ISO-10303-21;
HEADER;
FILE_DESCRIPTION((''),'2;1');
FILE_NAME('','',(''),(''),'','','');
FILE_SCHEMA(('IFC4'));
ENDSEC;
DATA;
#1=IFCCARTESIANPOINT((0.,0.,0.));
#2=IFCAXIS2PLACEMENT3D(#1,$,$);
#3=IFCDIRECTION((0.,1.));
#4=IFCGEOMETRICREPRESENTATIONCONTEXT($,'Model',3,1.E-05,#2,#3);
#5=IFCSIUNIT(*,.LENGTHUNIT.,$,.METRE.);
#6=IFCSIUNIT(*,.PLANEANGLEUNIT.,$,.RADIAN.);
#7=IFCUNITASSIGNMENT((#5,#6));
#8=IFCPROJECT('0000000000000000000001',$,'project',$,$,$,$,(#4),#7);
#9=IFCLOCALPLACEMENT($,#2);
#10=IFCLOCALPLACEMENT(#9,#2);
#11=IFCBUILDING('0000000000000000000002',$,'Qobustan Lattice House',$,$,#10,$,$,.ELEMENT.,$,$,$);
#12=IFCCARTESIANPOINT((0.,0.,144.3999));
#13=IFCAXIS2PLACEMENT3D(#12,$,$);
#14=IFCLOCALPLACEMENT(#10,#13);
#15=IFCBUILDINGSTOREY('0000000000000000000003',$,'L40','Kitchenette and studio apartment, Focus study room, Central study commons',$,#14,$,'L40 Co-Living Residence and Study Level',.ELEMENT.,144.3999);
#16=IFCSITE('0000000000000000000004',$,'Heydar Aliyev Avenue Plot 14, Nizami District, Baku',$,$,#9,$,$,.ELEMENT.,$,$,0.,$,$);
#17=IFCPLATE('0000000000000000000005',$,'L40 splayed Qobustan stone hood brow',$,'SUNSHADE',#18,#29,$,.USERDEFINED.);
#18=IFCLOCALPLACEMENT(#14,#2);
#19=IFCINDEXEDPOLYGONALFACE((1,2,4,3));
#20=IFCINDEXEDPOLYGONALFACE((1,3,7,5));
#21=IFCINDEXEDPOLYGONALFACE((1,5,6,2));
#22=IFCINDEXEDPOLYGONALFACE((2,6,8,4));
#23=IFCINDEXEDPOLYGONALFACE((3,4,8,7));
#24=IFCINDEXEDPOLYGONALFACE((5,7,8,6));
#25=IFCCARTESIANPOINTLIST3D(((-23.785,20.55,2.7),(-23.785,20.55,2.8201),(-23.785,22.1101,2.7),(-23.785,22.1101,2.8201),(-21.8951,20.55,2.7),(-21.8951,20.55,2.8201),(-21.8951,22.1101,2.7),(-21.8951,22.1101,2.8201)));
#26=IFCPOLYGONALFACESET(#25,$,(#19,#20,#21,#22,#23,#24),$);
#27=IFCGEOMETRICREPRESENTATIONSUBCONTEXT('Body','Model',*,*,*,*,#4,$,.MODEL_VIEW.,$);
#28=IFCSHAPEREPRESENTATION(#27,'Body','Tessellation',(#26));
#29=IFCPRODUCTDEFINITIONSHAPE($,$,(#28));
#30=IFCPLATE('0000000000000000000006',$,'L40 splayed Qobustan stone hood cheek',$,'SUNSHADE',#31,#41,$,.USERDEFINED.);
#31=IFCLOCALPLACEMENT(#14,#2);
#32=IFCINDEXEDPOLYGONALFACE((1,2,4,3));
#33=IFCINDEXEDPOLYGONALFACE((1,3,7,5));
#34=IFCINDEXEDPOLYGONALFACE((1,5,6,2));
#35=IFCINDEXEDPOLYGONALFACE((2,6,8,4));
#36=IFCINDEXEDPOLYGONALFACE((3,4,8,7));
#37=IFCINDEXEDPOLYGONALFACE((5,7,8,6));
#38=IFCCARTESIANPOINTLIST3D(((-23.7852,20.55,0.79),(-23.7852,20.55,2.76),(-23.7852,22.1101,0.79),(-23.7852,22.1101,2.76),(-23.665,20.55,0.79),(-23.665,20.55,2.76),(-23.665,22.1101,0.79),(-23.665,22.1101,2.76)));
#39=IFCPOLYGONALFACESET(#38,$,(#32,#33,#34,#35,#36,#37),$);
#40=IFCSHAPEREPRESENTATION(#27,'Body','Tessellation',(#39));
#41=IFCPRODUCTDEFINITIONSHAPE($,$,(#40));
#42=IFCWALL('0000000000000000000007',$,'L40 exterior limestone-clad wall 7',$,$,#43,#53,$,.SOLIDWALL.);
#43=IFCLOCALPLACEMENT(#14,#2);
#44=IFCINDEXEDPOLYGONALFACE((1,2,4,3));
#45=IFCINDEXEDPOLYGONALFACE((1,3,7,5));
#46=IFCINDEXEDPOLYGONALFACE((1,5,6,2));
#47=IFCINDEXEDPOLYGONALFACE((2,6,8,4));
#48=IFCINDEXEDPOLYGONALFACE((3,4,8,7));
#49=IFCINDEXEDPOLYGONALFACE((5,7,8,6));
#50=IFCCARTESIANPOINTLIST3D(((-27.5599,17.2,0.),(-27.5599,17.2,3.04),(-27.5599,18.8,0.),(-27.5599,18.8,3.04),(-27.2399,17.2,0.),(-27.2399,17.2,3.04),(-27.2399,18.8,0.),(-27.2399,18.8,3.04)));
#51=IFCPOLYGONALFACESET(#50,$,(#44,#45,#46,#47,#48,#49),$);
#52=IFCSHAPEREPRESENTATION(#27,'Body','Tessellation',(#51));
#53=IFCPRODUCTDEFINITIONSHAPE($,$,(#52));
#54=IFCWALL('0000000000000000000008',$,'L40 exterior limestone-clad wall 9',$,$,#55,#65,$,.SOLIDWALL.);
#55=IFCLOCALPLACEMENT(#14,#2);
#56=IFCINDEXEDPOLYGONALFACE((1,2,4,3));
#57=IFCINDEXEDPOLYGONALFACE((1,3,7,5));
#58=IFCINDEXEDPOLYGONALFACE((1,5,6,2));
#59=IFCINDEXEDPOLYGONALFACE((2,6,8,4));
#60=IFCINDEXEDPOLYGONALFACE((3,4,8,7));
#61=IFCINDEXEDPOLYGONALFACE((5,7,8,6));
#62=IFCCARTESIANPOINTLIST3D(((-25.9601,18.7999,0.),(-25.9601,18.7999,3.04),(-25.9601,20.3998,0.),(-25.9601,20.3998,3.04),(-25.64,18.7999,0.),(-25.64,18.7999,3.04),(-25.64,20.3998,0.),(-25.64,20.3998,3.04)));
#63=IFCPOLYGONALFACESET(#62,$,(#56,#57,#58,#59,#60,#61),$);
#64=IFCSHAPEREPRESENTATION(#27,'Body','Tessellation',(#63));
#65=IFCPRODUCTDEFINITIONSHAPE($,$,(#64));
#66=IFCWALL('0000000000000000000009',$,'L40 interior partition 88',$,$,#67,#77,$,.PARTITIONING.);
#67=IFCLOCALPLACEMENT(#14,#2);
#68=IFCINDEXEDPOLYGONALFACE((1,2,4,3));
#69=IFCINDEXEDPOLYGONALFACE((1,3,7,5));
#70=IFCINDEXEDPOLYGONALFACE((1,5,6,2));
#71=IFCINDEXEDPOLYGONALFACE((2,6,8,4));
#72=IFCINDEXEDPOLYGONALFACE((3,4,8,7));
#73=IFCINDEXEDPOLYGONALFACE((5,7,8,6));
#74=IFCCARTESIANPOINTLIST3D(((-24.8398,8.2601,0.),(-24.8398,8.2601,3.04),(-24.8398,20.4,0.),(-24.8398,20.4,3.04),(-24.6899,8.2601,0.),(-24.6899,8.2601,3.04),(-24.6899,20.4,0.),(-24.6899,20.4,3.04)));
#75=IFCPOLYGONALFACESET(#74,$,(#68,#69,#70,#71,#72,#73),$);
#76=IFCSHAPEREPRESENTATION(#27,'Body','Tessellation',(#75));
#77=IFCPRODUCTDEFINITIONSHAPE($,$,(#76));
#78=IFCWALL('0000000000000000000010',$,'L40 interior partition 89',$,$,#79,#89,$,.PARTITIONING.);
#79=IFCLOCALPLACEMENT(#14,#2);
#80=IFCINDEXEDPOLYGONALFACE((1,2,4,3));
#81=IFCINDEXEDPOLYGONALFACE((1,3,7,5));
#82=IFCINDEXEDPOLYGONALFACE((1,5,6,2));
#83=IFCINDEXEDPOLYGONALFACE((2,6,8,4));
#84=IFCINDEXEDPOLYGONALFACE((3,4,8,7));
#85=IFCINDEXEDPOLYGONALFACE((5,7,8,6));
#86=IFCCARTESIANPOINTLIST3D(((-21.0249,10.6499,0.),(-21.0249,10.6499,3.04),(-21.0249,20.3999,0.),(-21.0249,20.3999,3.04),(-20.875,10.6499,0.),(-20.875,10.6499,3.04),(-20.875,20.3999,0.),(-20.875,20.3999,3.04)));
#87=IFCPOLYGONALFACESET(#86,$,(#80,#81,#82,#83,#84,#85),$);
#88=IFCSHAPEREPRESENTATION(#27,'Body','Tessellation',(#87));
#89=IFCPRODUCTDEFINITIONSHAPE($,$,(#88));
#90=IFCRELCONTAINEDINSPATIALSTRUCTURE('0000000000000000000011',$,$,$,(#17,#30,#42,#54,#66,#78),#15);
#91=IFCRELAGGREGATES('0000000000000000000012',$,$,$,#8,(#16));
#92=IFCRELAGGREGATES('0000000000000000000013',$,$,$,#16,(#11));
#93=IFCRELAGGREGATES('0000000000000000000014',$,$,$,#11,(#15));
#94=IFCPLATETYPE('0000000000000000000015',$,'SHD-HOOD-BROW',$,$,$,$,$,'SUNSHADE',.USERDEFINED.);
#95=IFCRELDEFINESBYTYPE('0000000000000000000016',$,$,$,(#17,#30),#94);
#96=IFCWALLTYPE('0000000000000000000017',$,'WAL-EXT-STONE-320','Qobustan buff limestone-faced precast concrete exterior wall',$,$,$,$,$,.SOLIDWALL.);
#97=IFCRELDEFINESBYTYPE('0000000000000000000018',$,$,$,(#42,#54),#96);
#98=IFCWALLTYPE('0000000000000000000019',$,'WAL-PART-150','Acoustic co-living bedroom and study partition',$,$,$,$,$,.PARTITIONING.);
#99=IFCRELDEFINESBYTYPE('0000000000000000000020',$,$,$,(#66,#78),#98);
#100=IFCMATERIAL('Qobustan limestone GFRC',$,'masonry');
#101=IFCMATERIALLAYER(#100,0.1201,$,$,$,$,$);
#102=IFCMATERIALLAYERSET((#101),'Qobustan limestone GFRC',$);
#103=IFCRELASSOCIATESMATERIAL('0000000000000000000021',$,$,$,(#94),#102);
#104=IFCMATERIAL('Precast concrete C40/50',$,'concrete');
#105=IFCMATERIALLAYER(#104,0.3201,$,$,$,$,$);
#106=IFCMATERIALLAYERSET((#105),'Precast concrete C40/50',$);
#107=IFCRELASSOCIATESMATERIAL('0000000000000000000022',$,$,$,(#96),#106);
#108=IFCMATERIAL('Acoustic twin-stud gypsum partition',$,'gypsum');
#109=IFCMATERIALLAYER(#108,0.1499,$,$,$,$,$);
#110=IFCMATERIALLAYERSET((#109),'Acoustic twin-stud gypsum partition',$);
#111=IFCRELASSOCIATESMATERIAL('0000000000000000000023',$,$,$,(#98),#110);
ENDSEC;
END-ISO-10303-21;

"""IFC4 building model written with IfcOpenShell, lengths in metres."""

from ifc_helpers import new_model, si_unit, direction, frame, frame_2d, origin, origin_2d, place, context, subcontext, project, spatial, rectangle, extrude, material, layer, layer_set, type_object, element, save


model = new_model("IFC4")

# Units and contexts
model_context = context("Model", 3, precision=1e-05, world=origin(), true_north=direction((0.0, 1.0)))
body_context = subcontext(model_context, "Body", "Model", "MODEL_VIEW")
ifc_project = project(units=[si_unit("LENGTHUNIT", "METRE"), si_unit("PLANEANGLEUNIT", "RADIAN")], contexts=[model_context])

# Site, building, storey
site_placement = place(None, origin())
site = spatial("IfcSite", under=ifc_project, at=site_placement, Name="Heydar Aliyev Avenue Plot 14, Nizami District, Baku", CompositionType="ELEMENT", RefElevation=0.0)
building_placement = place(site_placement, origin())
building = spatial("IfcBuilding", under=site, at=building_placement, Name="Qobustan Lattice House", CompositionType="ELEMENT")
storey_placement = place(building_placement, frame((0.0, 0.0, 144.3999)))
storey = spatial("IfcBuildingStorey", under=building, at=storey_placement, Name="L40", Description="Kitchenette and studio apartment, Focus study room, Central study commons", LongName="L40 Co-Living Residence and Study Level", CompositionType="ELEMENT", Elevation=144.3999)

# Plates
ifc_material_1 = material(Name="Qobustan limestone GFRC", Category="masonry")
ifc_layer_1 = layer(ifc_material_1, 0.1201)
ifc_layer_set_1 = layer_set([ifc_layer_1], Name="Qobustan limestone GFRC")
plate_type_1 = type_object("IfcPlateType", Name="SHD-HOOD-BROW", ElementType="SUNSHADE", PredefinedType="USERDEFINED", material=ifc_layer_set_1)
plate_1_placement = place(storey_placement, frame((-22.8401, 21.3301, 2.7), z_axis=(0.0, 0.0, 1.0), x_axis=(1.0, 0.0, 0.0)))
element("IfcPlate", 1, at=plate_1_placement, inside=storey, type_object=plate_type_1, Name="L40 splayed Qobustan stone hood brow", ObjectType="SUNSHADE", PredefinedType="USERDEFINED", context=body_context, shape_type="SweptSolid", body=[
    extrude(rectangle(XDim=1.8899, YDim=1.5601, at=origin_2d()), origin(), (0.0, 0.0, 1.0), 0.1201),
])
plate_2_placement = place(storey_placement, frame((-23.7251, 21.3301, 0.79), z_axis=(0.0, 0.0, 1.0), x_axis=(1.0, 0.0, 0.0)))
element("IfcPlate", 2, at=plate_2_placement, inside=storey, type_object=plate_type_1, Name="L40 splayed Qobustan stone hood cheek", ObjectType="SUNSHADE", PredefinedType="USERDEFINED", context=body_context, shape_type="SweptSolid", body=[
    extrude(rectangle(XDim=0.1201, YDim=1.5601, at=origin_2d()), origin(), (0.0, 0.0, 1.0), 1.97),
])

# Walls
ifc_material_2 = material(Name="Precast concrete C40/50", Category="concrete")
ifc_layer_2 = layer(ifc_material_2, 0.3201)
ifc_layer_set_2 = layer_set([ifc_layer_2], Name="Precast concrete C40/50")
wall_type_1 = type_object("IfcWallType", Name="WAL-EXT-STONE-320", Description="Qobustan buff limestone-faced precast concrete exterior wall", PredefinedType="SOLIDWALL", material=ifc_layer_set_2)
wall_1_placement = place(storey_placement, frame((-27.3999, 17.2, 0.0), z_axis=(0.0, 0.0, 1.0), x_axis=(0.0, 1.0, 0.0)))
element("IfcWall", 3, at=wall_1_placement, inside=storey, type_object=wall_type_1, Name="L40 exterior limestone-clad wall 7", PredefinedType="SOLIDWALL", context=body_context, shape_type="SweptSolid", body=[
    extrude(rectangle(XDim=1.6001, YDim=0.3201, at=frame_2d((0.8, 0.0))), origin(), (0.0, 0.0, 1.0), 3.04),
])
wall_2_placement = place(storey_placement, frame((-25.8, 18.8, 0.0), z_axis=(0.0, 0.0, 1.0), x_axis=(0.0, 1.0, 0.0)))
element("IfcWall", 4, at=wall_2_placement, inside=storey, type_object=wall_type_1, Name="L40 exterior limestone-clad wall 9", PredefinedType="SOLIDWALL", context=body_context, shape_type="SweptSolid", body=[
    extrude(rectangle(XDim=1.5999, YDim=0.3201, at=frame_2d((0.7998, 0.0))), origin(), (0.0, 0.0, 1.0), 3.04),
])

# Walls
ifc_material_3 = material(Name="Acoustic twin-stud gypsum partition", Category="gypsum")
ifc_layer_3 = layer(ifc_material_3, 0.1499)
ifc_layer_set_3 = layer_set([ifc_layer_3], Name="Acoustic twin-stud gypsum partition")
wall_type_2 = type_object("IfcWallType", Name="WAL-PART-150", Description="Acoustic co-living bedroom and study partition", PredefinedType="PARTITIONING", material=ifc_layer_set_3)
wall_3_placement = place(storey_placement, frame((-24.7649, 20.3999, 0.0), z_axis=(0.0, 0.0, 1.0), x_axis=(0.0, -1.0, 0.0)))
element("IfcWall", 5, at=wall_3_placement, inside=storey, type_object=wall_type_2, Name="L40 interior partition 88", PredefinedType="PARTITIONING", context=body_context, shape_type="SweptSolid", body=[
    extrude(rectangle(XDim=12.1399, YDim=0.1499, at=frame_2d((6.0698, 0.0))), origin(), (0.0, 0.0, 1.0), 3.04),
])
wall_4_placement = place(storey_placement, frame((-20.95, 20.3999, 0.0), z_axis=(0.0, 0.0, 1.0), x_axis=(0.0, -1.0, 0.0)))
element("IfcWall", 6, at=wall_4_placement, inside=storey, type_object=wall_type_2, Name="L40 interior partition 89", PredefinedType="PARTITIONING", context=body_context, shape_type="SweptSolid", body=[
    extrude(rectangle(XDim=9.75, YDim=0.1499, at=frame_2d((4.875, 0.0))), origin(), (0.0, 0.0, 1.0), 3.04),
])

save(model, "model.ifc")
